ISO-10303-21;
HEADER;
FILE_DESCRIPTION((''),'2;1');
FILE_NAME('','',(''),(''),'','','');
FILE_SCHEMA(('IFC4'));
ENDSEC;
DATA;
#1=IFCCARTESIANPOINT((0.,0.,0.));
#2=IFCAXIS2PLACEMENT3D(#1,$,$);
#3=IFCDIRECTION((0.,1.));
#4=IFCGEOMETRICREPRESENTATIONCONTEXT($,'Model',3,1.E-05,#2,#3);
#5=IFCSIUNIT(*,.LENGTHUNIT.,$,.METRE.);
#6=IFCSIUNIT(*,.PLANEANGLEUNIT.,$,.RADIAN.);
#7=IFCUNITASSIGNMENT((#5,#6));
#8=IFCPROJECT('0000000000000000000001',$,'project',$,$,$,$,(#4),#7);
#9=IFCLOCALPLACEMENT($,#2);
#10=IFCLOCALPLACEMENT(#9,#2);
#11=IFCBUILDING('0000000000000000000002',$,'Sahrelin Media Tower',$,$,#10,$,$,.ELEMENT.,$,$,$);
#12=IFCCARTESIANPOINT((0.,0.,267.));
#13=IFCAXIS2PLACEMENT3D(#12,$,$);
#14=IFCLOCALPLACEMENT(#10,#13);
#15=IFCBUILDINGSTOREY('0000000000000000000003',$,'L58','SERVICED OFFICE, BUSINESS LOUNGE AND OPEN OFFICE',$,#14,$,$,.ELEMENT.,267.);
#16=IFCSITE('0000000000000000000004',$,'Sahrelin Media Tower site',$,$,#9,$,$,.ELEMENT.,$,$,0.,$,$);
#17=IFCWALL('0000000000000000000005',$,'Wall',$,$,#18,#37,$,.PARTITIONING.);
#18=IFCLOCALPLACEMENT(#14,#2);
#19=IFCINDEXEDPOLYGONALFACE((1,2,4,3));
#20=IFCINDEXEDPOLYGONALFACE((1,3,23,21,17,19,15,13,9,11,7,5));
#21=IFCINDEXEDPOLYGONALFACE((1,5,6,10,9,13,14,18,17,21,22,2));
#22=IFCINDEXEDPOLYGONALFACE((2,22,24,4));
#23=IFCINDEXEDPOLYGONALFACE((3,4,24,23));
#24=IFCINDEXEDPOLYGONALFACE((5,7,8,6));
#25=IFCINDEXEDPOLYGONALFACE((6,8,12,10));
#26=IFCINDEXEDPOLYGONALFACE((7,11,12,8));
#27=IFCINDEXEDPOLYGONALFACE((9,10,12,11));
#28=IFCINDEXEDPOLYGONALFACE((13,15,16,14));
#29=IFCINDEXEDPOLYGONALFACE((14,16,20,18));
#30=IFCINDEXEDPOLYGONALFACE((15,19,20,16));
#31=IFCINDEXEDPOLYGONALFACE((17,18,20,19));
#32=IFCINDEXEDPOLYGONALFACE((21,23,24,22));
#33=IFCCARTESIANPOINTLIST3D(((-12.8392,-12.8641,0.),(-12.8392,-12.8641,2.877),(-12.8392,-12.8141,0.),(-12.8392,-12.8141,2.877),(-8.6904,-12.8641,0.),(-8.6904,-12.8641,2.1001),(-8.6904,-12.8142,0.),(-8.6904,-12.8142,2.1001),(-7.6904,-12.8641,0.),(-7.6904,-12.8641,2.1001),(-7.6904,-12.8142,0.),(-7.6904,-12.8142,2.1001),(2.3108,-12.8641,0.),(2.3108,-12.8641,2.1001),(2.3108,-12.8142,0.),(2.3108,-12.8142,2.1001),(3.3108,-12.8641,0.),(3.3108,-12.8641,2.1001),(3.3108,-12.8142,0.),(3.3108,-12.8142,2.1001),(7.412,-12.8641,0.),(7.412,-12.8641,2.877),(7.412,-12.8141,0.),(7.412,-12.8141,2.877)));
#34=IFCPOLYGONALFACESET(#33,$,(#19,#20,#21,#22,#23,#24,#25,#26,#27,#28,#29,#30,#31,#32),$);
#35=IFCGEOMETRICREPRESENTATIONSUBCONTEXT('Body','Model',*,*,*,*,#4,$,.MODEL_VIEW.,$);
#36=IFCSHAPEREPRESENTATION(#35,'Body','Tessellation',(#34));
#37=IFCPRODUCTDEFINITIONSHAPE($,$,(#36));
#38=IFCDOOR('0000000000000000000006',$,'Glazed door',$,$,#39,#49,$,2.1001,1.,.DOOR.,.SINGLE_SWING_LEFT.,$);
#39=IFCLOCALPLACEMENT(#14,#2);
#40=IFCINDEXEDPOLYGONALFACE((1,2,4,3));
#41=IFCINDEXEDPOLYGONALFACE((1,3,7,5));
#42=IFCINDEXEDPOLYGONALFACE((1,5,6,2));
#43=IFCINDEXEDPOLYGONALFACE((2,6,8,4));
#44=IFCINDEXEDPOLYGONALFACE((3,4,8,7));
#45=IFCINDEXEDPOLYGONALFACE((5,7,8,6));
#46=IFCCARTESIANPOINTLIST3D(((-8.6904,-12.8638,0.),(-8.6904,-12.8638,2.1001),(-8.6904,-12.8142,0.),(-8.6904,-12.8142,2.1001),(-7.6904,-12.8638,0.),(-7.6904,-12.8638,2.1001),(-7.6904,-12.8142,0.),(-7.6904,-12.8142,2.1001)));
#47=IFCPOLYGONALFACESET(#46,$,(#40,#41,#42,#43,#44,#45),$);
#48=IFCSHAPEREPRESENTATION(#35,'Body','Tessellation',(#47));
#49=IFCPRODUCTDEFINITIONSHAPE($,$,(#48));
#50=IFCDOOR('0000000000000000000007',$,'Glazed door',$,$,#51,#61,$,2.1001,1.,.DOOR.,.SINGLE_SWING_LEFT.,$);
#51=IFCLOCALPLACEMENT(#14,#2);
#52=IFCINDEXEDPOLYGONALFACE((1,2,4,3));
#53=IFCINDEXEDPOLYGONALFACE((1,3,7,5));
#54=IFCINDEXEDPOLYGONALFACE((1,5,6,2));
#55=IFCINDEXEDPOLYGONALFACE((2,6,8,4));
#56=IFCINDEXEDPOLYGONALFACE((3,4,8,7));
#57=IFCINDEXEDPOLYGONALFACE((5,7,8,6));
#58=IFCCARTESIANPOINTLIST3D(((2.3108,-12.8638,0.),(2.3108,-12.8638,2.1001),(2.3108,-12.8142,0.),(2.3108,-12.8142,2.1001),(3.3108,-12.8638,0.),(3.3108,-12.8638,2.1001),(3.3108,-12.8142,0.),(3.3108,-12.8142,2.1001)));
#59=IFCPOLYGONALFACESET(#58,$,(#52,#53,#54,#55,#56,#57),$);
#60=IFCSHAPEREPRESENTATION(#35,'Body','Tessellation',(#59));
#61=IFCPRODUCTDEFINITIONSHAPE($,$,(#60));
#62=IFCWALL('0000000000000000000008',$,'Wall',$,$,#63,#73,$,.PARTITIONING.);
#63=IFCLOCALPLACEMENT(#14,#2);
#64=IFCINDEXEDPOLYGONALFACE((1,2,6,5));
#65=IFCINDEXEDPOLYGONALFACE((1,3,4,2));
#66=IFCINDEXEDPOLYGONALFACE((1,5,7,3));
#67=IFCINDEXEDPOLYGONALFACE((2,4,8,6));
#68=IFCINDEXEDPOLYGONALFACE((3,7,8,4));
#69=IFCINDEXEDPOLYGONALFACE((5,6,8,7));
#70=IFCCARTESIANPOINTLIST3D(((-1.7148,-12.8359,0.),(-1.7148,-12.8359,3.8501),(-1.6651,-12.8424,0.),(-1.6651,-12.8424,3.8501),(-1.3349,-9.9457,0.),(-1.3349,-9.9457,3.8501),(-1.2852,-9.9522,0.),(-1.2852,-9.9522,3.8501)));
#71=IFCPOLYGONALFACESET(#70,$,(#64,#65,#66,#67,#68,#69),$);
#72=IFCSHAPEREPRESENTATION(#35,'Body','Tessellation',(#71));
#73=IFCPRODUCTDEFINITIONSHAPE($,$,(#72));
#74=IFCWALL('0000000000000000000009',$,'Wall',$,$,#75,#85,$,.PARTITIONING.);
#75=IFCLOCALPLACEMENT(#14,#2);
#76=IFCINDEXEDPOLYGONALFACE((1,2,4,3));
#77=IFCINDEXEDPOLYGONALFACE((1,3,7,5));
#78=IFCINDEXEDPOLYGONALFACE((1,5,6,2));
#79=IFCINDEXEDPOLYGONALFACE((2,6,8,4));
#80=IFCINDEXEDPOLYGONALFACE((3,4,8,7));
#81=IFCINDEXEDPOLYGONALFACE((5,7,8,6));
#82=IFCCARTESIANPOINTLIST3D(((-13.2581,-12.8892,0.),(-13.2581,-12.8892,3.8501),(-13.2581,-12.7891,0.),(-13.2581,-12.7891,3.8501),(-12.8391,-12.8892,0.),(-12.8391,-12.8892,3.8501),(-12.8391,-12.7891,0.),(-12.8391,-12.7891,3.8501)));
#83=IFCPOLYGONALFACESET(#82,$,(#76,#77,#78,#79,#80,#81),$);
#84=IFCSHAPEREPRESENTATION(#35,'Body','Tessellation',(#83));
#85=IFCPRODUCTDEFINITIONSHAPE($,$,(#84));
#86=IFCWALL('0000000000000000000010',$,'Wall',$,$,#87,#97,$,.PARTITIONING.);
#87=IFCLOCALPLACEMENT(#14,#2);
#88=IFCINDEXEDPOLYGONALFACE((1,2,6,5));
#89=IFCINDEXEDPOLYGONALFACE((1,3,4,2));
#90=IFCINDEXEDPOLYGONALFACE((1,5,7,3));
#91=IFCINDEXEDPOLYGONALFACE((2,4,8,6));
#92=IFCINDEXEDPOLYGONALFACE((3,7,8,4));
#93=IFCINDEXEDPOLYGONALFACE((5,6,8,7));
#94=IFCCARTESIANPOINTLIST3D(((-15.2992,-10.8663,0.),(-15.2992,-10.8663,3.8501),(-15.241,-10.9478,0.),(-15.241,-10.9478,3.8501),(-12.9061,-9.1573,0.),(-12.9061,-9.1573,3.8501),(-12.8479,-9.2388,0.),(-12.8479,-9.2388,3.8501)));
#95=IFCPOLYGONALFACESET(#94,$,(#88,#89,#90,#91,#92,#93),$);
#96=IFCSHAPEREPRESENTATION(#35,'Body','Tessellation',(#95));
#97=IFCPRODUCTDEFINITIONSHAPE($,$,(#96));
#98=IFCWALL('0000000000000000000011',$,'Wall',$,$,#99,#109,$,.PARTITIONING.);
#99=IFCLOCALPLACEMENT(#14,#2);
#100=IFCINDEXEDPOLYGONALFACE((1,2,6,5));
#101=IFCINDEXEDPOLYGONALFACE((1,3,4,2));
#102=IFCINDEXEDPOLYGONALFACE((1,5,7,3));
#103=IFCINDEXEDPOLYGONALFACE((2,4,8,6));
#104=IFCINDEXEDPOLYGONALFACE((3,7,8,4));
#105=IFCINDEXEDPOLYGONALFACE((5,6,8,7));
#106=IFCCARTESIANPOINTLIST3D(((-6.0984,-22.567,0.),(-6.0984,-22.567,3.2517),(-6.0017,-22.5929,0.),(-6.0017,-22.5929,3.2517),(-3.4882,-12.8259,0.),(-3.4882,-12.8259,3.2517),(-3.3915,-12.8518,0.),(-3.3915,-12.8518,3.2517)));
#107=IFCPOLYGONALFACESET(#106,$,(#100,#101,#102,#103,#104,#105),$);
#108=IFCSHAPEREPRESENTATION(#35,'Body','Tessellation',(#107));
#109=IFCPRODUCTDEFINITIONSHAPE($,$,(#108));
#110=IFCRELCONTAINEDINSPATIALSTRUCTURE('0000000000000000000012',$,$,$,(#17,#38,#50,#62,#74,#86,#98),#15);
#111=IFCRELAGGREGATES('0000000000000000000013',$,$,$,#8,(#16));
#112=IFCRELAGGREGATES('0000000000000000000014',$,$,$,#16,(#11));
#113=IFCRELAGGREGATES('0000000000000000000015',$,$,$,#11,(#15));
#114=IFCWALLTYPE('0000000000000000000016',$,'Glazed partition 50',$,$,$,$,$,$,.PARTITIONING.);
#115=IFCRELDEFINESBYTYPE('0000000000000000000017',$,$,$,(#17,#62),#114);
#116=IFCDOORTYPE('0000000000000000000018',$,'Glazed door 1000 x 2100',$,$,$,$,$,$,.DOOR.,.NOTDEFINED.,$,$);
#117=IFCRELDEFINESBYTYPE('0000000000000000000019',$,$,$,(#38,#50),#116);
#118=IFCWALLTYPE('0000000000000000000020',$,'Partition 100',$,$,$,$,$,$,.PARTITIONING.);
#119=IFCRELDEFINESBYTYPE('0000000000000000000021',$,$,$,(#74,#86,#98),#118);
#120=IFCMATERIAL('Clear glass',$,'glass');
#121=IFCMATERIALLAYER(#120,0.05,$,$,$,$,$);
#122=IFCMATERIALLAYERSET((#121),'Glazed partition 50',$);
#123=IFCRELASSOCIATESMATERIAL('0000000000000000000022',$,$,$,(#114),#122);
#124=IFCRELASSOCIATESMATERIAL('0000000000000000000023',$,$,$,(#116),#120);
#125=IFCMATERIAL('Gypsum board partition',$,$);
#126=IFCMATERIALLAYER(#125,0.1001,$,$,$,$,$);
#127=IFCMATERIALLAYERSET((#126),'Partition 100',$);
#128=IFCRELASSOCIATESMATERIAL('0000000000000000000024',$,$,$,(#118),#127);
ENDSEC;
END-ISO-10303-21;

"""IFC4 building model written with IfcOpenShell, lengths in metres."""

from ifc_helpers import new_model, si_unit, direction, frame, frame_2d, origin, place, context, subcontext, project, spatial, rectangle, extrude, material, layer, layer_set, type_object, element, fill, save


model = new_model("IFC4")

# Units and contexts
model_context = context("Model", 3, precision=1e-05, world=origin(), true_north=direction((0.0, 1.0)))
body_context = subcontext(model_context, "Body", "Model", "MODEL_VIEW")
ifc_project = project(units=[si_unit("LENGTHUNIT", "METRE"), si_unit("PLANEANGLEUNIT", "RADIAN")], contexts=[model_context])

# Site, building, storey
site_placement = place(None, origin())
site = spatial("IfcSite", under=ifc_project, at=site_placement, Name="Sahrelin Media Tower site", CompositionType="ELEMENT", RefElevation=0.0)
building_placement = place(site_placement, origin())
building = spatial("IfcBuilding", under=site, at=building_placement, Name="Sahrelin Media Tower", CompositionType="ELEMENT")
storey_placement = place(building_placement, frame((0.0, 0.0, 267.0)))
storey = spatial("IfcBuildingStorey", under=building, at=storey_placement, Name="L58", Description="SERVICED OFFICE, BUSINESS LOUNGE AND OPEN OFFICE", CompositionType="ELEMENT", Elevation=267.0)

# Wall, openings, doors
ifc_material_1 = material(Name="Clear glass", Category="glass")
ifc_layer_1 = layer(ifc_material_1, 0.05)
ifc_layer_set_1 = layer_set([ifc_layer_1], Name="Glazed partition 50")
wall_type_1 = type_object("IfcWallType", Name="Glazed partition 50", PredefinedType="PARTITIONING", material=ifc_layer_set_1)
wall_1_placement = place(storey_placement, frame((-12.8391, -12.8391, 0.0), z_axis=(0.0, 0.0, 1.0), x_axis=(1.0, 0.0, 0.0)))
wall_1 = element("IfcWall", 1, at=wall_1_placement, inside=storey, type_object=wall_type_1, Name="Wall", PredefinedType="PARTITIONING", context=body_context, shape_type="SweptSolid", body=[
    extrude(rectangle(XDim=20.2512, YDim=0.05, at=frame_2d((10.1255, 0.0))), origin(), (0.0, 0.0, 1.0), 2.877),
])
opening_1_placement = place(wall_1_placement, frame((4.1487, 0.0, 0.0)))
opening_1 = element("IfcOpeningElement", 2, at=opening_1_placement, cuts=wall_1, PredefinedType="OPENING", context=body_context, shape_type="SweptSolid", body=[
    extrude(rectangle(XDim=1.0, YDim=2.1001, at=frame_2d((0.5, 1.05))), frame((0.0, 0.0249, 0.0), z_axis=(0.0, -1.0, 0.0), x_axis=(1.0, 0.0, 0.0)), (0.0, 0.0, 1.0), 0.05),
])
opening_2_placement = place(wall_1_placement, frame((15.1499, 0.0, 0.0)))
opening_2 = element("IfcOpeningElement", 3, at=opening_2_placement, cuts=wall_1, PredefinedType="OPENING", context=body_context, shape_type="SweptSolid", body=[
    extrude(rectangle(XDim=1.0, YDim=2.1001, at=frame_2d((0.5, 1.05))), frame((0.0, 0.0249, 0.0), z_axis=(0.0, -1.0, 0.0), x_axis=(1.0, 0.0, 0.0)), (0.0, 0.0, 1.0), 0.05),
])
door_type_1 = type_object("IfcDoorType", Name="Glazed door 1000 x 2100", OperationType="NOTDEFINED", PredefinedType="DOOR", material=ifc_material_1)
door_1_placement = place(opening_1_placement, origin())
door_1 = element("IfcDoor", 4, at=door_1_placement, inside=storey, type_object=door_type_1, Name="Glazed door", OperationType="SINGLE_SWING_LEFT", OverallHeight=2.1001, OverallWidth=1.0, PredefinedType="DOOR", context=body_context, shape_type="SweptSolid", body=[
    extrude(rectangle(XDim=1.0, YDim=2.1001, at=frame_2d((0.5, 1.05))), frame((0.0, 0.0249, 0.0), z_axis=(0.0, -1.0, 0.0), x_axis=(1.0, 0.0, 0.0)), (0.0, 0.0, 1.0), 0.0496),
])
fill(opening_1, door_1)
door_2_placement = place(opening_2_placement, origin())
door_2 = element("IfcDoor", 5, at=door_2_placement, inside=storey, type_object=door_type_1, Name="Glazed door", OperationType="SINGLE_SWING_LEFT", OverallHeight=2.1001, OverallWidth=1.0, PredefinedType="DOOR", context=body_context, shape_type="SweptSolid", body=[
    extrude(rectangle(XDim=1.0, YDim=2.1001, at=frame_2d((0.5, 1.05))), frame((0.0, 0.0249, 0.0), z_axis=(0.0, -1.0, 0.0), x_axis=(1.0, 0.0, 0.0)), (0.0, 0.0, 1.0), 0.0496),
])
fill(opening_2, door_2)

# Walls
wall_2_placement = place(storey_placement, frame((-1.6899, -12.8391, 0.0), z_axis=(0.0, 0.0, 1.0), x_axis=(0.13032, 0.991472, 0.0)))
element("IfcWall", 6, at=wall_2_placement, inside=storey, type_object=wall_type_1, Name="Wall", PredefinedType="PARTITIONING", context=body_context, shape_type="SweptSolid", body=[
    extrude(rectangle(XDim=2.915, YDim=0.05, at=frame_2d((1.4575, 0.0))), origin(), (0.0, 0.0, 1.0), 3.8501),
])
ifc_material_2 = material(Name="Gypsum board partition")
ifc_layer_2 = layer(ifc_material_2, 0.1001)
ifc_layer_set_2 = layer_set([ifc_layer_2], Name="Partition 100")
wall_type_2 = type_object("IfcWallType", Name="Partition 100", PredefinedType="PARTITIONING", material=ifc_layer_set_2)
wall_3_placement = place(storey_placement, frame((-13.2581, -12.8391, 0.0), z_axis=(0.0, 0.0, 1.0), x_axis=(1.0, 0.0, 0.0)))
element("IfcWall", 7, at=wall_3_placement, inside=storey, type_object=wall_type_2, Name="Wall", PredefinedType="PARTITIONING", context=body_context, shape_type="SweptSolid", body=[
    extrude(rectangle(XDim=0.4189, YDim=0.1001, at=frame_2d((0.2095, 0.0))), origin(), (0.0, 0.0, 1.0), 3.8501),
])
wall_4_placement = place(storey_placement, frame((-15.27, -10.907, 0.0), z_axis=(0.0, 0.0, 1.0), x_axis=(0.81379, 0.58116, 0.0)))
element("IfcWall", 8, at=wall_4_placement, inside=storey, type_object=wall_type_2, Name="Wall", PredefinedType="PARTITIONING", context=body_context, shape_type="SweptSolid", body=[
    extrude(rectangle(XDim=2.9407, YDim=0.1001, at=frame_2d((1.4702, 0.0))), origin(), (0.0, 0.0, 1.0), 3.8501),
])
wall_5_placement = place(storey_placement, frame((-6.05, -22.5801, 0.0), z_axis=(0.0, 0.0, 1.0), x_axis=(0.258821, 0.965925, 0.0)))
element("IfcWall", 9, at=wall_5_placement, inside=storey, type_object=wall_type_2, Name="Wall", PredefinedType="PARTITIONING", context=body_context, shape_type="SweptSolid", body=[
    extrude(rectangle(XDim=10.0847, YDim=0.1001, at=frame_2d((5.0425, 0.0))), origin(), (0.0, 0.0, 1.0), 3.2517),
])

save(model, "model.ifc")
